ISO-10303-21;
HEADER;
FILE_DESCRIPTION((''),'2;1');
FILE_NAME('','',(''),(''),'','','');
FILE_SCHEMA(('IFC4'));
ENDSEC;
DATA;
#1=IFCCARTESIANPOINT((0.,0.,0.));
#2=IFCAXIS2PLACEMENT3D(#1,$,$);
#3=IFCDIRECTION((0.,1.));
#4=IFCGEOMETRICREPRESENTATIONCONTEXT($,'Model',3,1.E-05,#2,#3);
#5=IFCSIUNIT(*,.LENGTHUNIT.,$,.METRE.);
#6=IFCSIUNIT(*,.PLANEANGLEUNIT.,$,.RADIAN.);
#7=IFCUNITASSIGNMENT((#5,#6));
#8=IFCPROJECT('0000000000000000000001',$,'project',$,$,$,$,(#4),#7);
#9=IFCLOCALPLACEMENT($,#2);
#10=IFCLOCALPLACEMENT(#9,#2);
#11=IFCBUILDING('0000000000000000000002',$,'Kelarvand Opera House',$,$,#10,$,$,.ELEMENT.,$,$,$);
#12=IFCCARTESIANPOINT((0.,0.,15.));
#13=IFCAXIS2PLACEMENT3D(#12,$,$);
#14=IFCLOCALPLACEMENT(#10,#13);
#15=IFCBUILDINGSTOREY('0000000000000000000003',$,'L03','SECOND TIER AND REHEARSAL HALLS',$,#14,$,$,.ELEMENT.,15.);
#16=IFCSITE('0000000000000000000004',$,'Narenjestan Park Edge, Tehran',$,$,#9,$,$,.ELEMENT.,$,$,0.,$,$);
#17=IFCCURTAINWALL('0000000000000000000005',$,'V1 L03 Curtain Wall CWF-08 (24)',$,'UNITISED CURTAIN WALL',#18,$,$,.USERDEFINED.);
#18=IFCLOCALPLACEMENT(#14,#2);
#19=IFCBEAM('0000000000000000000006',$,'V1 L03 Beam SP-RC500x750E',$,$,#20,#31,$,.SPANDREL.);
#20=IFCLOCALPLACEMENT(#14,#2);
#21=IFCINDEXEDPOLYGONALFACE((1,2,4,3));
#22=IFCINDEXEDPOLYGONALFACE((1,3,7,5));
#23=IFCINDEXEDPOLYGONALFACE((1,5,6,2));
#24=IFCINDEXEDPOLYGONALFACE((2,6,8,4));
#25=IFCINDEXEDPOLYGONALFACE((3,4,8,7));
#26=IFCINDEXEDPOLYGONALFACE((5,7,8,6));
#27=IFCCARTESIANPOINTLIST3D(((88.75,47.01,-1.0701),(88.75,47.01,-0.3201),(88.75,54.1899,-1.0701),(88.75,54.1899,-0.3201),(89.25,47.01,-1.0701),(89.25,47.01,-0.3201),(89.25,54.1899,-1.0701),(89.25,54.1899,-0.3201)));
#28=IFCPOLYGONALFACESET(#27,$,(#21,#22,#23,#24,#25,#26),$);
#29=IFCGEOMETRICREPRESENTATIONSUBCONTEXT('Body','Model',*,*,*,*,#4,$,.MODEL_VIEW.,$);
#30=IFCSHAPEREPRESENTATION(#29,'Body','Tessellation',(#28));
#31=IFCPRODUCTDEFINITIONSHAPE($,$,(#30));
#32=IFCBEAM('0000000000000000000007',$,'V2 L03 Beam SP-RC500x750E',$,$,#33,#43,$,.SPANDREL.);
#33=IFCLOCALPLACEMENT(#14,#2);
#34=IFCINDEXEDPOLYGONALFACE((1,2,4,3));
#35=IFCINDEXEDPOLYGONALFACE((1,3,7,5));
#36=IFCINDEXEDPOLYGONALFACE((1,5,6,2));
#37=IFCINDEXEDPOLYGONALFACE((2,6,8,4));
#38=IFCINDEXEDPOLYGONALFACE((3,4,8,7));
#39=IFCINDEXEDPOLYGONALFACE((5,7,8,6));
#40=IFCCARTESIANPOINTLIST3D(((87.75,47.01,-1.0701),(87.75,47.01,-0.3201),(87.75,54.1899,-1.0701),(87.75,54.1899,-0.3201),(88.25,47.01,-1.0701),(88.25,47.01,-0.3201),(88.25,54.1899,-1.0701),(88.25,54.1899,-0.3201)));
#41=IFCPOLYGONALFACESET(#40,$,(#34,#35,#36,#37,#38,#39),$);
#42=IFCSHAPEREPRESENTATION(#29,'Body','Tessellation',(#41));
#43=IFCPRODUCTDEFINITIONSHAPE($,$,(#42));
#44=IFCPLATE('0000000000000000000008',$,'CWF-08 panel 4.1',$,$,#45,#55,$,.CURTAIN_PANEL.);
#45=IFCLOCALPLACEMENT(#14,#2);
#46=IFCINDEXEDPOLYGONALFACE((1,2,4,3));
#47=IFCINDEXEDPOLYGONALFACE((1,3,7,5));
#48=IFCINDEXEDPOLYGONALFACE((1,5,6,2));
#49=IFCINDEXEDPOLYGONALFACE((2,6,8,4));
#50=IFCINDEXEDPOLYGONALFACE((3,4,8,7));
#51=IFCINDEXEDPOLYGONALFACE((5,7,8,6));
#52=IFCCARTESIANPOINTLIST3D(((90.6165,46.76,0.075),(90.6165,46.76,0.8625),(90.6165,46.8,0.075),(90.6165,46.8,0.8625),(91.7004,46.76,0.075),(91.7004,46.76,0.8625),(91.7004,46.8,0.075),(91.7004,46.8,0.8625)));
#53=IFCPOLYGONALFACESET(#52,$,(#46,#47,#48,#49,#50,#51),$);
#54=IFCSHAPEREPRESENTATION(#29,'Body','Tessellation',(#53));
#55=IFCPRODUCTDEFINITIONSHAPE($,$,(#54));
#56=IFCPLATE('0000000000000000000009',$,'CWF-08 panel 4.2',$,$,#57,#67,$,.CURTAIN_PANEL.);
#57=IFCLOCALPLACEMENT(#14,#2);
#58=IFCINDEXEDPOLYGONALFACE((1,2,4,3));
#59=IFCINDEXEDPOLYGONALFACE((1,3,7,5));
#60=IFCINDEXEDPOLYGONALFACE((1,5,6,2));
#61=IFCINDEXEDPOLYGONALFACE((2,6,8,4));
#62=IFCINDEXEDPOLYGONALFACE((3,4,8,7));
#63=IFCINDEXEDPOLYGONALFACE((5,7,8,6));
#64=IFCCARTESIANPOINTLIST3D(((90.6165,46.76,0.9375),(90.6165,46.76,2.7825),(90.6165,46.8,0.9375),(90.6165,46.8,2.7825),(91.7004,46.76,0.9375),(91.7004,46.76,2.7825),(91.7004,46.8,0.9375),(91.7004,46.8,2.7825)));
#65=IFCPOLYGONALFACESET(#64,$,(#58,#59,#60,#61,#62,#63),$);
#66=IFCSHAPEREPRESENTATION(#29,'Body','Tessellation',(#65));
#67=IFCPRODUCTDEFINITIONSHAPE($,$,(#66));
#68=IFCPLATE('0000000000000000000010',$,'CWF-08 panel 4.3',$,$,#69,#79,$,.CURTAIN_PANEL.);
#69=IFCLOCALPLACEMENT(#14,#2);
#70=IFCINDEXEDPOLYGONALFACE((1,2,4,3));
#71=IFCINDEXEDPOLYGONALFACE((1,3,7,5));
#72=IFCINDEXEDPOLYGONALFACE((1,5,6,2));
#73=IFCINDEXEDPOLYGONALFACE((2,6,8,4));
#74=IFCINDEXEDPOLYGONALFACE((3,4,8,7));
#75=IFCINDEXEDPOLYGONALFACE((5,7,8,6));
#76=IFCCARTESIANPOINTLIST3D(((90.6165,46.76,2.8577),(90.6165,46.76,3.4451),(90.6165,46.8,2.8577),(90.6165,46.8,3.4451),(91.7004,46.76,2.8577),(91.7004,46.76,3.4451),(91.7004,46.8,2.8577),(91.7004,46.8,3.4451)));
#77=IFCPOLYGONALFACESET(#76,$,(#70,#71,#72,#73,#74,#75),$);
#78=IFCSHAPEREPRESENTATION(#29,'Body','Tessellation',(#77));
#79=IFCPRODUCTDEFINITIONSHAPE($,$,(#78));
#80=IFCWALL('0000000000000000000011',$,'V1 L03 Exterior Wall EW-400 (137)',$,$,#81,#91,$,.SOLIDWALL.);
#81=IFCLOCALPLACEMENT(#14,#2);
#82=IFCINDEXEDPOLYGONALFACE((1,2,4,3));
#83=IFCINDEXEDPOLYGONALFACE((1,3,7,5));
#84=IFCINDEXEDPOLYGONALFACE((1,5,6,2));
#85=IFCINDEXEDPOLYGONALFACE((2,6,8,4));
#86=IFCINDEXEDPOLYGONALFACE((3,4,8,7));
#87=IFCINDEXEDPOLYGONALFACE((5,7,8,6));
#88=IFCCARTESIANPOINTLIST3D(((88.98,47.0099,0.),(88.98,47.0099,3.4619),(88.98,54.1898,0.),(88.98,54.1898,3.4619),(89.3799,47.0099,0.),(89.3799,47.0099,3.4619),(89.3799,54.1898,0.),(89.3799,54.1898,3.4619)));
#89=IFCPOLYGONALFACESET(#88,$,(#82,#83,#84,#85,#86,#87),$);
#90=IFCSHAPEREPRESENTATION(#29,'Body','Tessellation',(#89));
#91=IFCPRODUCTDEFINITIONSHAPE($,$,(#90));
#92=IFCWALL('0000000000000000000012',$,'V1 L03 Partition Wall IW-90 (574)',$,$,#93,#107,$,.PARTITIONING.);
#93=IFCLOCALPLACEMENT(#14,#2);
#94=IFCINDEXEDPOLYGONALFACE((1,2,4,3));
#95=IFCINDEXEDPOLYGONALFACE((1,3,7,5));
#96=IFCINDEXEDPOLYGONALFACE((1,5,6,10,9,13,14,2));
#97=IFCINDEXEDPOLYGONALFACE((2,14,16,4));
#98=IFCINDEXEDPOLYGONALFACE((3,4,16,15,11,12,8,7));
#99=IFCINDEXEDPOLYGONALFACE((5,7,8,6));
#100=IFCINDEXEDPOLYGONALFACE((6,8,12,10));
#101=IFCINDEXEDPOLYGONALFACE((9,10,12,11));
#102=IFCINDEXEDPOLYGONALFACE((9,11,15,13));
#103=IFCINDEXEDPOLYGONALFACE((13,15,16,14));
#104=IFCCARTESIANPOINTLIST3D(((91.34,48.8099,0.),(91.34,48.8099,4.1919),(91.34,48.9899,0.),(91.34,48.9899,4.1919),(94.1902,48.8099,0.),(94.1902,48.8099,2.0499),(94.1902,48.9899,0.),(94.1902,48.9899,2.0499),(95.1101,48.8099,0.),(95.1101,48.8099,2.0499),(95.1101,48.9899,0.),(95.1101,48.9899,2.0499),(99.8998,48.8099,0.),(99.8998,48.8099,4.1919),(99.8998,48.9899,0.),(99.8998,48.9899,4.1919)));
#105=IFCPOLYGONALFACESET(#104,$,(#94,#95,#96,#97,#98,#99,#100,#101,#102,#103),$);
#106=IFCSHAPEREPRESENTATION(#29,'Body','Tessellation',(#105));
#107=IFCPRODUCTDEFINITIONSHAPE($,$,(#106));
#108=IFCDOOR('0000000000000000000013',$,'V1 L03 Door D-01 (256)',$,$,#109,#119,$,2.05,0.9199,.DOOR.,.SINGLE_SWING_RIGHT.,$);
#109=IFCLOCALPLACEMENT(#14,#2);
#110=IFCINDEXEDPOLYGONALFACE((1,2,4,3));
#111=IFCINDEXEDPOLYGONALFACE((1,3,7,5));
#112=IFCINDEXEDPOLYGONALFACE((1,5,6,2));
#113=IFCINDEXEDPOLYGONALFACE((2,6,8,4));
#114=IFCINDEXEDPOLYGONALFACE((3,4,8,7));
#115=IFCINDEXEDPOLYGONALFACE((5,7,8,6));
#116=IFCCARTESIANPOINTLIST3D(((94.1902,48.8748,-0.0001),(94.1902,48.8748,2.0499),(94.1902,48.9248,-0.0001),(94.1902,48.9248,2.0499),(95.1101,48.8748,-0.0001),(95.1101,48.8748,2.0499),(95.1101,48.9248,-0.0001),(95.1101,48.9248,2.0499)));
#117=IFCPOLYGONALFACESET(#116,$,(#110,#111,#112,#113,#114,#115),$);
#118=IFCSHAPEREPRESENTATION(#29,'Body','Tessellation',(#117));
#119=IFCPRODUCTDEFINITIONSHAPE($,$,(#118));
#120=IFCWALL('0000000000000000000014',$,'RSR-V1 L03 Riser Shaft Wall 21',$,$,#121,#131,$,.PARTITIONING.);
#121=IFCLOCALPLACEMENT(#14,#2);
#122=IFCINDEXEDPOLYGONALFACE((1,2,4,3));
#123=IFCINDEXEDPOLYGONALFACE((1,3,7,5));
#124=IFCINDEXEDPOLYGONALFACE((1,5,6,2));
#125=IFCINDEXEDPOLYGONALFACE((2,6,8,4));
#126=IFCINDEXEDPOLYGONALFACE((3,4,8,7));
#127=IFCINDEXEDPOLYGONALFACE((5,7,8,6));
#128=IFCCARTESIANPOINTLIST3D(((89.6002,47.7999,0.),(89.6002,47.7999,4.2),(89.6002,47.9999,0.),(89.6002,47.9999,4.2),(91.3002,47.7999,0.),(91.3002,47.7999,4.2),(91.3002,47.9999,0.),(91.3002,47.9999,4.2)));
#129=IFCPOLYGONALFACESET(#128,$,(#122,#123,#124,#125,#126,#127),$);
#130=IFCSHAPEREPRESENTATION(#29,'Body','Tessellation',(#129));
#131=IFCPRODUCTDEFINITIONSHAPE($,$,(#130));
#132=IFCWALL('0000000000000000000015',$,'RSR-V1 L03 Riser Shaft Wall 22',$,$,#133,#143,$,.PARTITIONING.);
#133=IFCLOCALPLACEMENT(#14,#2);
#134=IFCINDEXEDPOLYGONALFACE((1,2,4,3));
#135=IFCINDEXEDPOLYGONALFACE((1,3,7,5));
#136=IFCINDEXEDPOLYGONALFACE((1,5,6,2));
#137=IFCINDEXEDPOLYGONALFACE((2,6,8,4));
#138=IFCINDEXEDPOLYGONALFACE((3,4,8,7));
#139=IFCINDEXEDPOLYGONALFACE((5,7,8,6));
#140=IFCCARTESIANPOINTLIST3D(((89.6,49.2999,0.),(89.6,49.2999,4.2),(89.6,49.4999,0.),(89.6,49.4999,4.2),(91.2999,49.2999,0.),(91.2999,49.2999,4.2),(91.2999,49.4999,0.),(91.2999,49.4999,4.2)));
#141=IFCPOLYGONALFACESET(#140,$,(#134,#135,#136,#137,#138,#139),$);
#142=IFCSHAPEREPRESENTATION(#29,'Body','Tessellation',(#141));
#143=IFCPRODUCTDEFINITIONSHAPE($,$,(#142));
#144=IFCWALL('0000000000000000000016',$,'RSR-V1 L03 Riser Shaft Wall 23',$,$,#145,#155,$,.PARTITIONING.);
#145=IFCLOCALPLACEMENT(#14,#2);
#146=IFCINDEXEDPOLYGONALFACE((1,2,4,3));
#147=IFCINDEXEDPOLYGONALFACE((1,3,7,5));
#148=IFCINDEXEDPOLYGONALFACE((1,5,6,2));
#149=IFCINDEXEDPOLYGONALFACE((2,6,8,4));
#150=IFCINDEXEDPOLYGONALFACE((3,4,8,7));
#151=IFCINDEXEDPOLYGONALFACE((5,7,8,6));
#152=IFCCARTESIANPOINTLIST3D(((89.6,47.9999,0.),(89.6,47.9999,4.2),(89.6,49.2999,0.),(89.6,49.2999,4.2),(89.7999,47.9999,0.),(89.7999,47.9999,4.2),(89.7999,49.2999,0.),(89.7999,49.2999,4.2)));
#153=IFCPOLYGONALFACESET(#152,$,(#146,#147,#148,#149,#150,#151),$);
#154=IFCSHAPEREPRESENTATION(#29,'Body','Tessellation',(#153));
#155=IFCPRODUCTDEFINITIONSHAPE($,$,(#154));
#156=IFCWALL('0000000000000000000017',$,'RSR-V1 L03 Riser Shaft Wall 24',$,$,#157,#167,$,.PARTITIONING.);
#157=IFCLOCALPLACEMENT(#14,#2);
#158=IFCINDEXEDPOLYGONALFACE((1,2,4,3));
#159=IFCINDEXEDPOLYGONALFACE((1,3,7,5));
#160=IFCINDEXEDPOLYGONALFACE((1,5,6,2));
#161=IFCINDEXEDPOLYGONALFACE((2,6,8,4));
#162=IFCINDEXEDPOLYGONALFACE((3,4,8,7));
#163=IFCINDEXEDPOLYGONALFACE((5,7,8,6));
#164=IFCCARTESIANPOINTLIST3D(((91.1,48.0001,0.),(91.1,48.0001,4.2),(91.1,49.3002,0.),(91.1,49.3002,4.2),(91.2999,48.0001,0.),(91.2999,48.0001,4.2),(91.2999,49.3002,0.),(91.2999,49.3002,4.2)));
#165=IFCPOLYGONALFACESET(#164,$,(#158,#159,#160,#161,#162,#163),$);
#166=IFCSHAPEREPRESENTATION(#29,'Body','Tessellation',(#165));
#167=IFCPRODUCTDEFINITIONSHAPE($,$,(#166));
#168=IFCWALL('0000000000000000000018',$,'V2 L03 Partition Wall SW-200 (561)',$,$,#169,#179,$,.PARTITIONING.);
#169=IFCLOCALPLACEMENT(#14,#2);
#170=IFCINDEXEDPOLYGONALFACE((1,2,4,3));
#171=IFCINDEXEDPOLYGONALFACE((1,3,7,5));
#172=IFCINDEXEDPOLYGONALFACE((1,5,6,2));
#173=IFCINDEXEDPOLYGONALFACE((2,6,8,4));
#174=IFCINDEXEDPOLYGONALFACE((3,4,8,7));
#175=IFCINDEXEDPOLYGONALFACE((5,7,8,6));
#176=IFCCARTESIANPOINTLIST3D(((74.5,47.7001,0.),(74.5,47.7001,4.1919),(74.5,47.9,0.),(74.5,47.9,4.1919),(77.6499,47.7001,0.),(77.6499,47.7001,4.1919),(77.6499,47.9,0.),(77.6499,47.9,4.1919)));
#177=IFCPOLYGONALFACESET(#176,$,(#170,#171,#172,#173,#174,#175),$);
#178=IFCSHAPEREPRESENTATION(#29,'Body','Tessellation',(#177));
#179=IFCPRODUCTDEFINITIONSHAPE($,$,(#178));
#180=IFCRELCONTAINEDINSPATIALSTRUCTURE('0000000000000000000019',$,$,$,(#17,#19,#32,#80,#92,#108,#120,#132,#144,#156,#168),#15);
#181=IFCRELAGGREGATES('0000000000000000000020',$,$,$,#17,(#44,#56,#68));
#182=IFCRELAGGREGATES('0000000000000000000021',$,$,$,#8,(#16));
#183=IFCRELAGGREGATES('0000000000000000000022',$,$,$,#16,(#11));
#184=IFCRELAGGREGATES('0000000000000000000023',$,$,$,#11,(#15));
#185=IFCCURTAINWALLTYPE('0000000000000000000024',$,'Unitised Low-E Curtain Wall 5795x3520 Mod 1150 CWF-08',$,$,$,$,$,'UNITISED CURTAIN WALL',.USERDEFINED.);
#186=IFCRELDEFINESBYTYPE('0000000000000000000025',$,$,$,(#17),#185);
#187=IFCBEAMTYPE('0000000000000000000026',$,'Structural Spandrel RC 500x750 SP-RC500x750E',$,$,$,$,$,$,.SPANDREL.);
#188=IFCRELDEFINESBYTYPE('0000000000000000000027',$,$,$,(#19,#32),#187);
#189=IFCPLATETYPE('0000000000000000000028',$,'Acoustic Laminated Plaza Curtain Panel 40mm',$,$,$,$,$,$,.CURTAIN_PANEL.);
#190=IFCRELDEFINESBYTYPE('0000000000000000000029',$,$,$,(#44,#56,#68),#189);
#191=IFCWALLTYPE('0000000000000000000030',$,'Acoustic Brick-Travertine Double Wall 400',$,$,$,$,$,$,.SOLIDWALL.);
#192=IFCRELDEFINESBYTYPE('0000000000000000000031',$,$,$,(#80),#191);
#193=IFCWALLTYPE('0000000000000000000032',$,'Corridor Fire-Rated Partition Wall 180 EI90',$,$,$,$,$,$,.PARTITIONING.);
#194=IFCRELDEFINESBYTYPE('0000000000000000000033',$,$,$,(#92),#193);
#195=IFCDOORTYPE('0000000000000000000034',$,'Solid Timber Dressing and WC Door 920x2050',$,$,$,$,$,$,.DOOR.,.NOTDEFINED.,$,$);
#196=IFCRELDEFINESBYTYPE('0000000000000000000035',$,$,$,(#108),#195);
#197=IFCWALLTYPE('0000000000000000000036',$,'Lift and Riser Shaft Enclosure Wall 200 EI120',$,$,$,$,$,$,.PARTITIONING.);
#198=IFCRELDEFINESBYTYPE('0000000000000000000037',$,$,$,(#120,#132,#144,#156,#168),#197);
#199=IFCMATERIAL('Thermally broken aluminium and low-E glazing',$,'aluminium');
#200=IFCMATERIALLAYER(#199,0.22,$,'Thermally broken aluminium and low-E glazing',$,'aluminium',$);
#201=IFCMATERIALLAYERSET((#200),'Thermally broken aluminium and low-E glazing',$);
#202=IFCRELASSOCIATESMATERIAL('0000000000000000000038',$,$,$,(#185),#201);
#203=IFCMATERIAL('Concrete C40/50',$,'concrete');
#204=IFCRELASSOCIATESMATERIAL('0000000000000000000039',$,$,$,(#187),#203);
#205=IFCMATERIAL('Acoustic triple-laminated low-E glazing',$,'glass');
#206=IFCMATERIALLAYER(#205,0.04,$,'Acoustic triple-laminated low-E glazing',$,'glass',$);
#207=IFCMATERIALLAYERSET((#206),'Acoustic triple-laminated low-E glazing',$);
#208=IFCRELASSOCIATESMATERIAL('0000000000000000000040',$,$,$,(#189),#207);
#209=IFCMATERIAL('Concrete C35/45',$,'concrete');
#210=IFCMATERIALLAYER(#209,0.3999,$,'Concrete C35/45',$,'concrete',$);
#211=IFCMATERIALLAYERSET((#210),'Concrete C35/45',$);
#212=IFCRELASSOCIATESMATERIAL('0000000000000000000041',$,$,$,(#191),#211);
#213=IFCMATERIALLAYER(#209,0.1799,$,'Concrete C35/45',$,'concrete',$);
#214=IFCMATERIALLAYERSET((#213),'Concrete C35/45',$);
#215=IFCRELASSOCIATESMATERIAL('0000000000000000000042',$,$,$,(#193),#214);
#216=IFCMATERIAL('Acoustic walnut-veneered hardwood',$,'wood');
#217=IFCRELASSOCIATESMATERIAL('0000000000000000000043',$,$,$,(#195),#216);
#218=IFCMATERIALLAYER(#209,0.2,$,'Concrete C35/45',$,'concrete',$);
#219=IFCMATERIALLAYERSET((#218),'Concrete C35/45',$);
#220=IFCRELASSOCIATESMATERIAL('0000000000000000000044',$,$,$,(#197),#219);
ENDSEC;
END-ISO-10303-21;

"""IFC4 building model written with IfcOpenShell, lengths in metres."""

from ifc_helpers import new_model, si_unit, direction, frame, frame_2d, origin, origin_2d, place, context, subcontext, project, spatial, rectangle, extrude, material, layer, layer_set, material_profile, profile_set, type_object, element, fill, aggregate, save


model = new_model("IFC4")

# Units and contexts
model_context = context("Model", 3, precision=1e-05, world=origin(), true_north=direction((0.0, 1.0)))
body_context = subcontext(model_context, "Body", "Model", "MODEL_VIEW")
ifc_project = project(units=[si_unit("LENGTHUNIT", "METRE"), si_unit("PLANEANGLEUNIT", "RADIAN")], contexts=[model_context])

# Site, building, storey
site_placement = place(None, origin())
site = spatial("IfcSite", under=ifc_project, at=site_placement, Name="Narenjestan Park Edge, Tehran", CompositionType="ELEMENT", RefElevation=0.0)
building_placement = place(site_placement, origin())
building = spatial("IfcBuilding", under=site, at=building_placement, Name="Kelarvand Opera House", CompositionType="ELEMENT")
storey_placement = place(building_placement, frame((0.0, 0.0, 15.0)))
storey = spatial("IfcBuildingStorey", under=building, at=storey_placement, Name="L03", Description="SECOND TIER AND REHEARSAL HALLS", CompositionType="ELEMENT", Elevation=15.0)

# Curtain wall
ifc_material_1 = material(Name="Thermally broken aluminium and low-E glazing", Category="aluminium")
ifc_layer_1 = layer(ifc_material_1, 0.22, Name="Thermally broken aluminium and low-E glazing", Category="aluminium")
ifc_layer_set_1 = layer_set([ifc_layer_1], Name="Thermally broken aluminium and low-E glazing")
curtain_wall_type = type_object("IfcCurtainWallType", Name="Unitised Low-E Curtain Wall 5795x3520 Mod 1150 CWF-08", ElementType="UNITISED CURTAIN WALL", PredefinedType="USERDEFINED", material=ifc_layer_set_1)
curtain_wall_placement = place(storey_placement, origin())
curtain_wall = element("IfcCurtainWall", 1, at=curtain_wall_placement, inside=storey, type_object=curtain_wall_type, Name="V1 L03 Curtain Wall CWF-08 (24)", ObjectType="UNITISED CURTAIN WALL", PredefinedType="USERDEFINED")

# Beams
ifc_material_2 = material(Name="Concrete C40/50", Category="concrete")
ifc_material_profile_1 = material_profile(ifc_material_2, rectangle(XDim=0.5, YDim=0.75, at=origin_2d()), Name="RC 500x750", Category="concrete")
ifc_profile_set_1 = profile_set([ifc_material_profile_1], Name="Concrete C40/50")
beam_type_1 = type_object("IfcBeamType", Name="Structural Spandrel RC 500x750 SP-RC500x750E", PredefinedType="SPANDREL", material=ifc_profile_set_1)
for number, where, z_axis, x_axis, name in (
    (2, (89.0, 47.01, -0.6951), (0.0, 1.0, 0.0), (-1.0, 0.0, 0.0), "V1 L03 Beam SP-RC500x750E"),
    (3, (88.0, 47.01, -0.6951), (0.0, 1.0, 0.0), (-1.0, 0.0, 0.0), "V2 L03 Beam SP-RC500x750E"),
):
    element("IfcBeam", number, at=place(storey_placement, frame(where, z_axis=z_axis, x_axis=x_axis)), inside=storey, type_object=beam_type_1, Name=name, PredefinedType="SPANDREL", context=body_context, shape_type="SweptSolid", body=[
        extrude(rectangle(XDim=0.5, YDim=0.75, at=origin_2d()), origin(), (0.0, 0.0, 1.0), 7.1799),
    ])

# Plates
ifc_material_3 = material(Name="Acoustic triple-laminated low-E glazing", Category="glass")
ifc_layer_2 = layer(ifc_material_3, 0.04, Name="Acoustic triple-laminated low-E glazing", Category="glass")
ifc_layer_set_2 = layer_set([ifc_layer_2], Name="Acoustic triple-laminated low-E glazing")
plate_type = type_object("IfcPlateType", Name="Acoustic Laminated Plaza Curtain Panel 40mm", PredefinedType="CURTAIN_PANEL", material=ifc_layer_set_2)
plate_1_placement = place(storey_placement, frame((91.1584, 46.78, 0.075), z_axis=(0.0, 0.0, 1.0), x_axis=(-1.0, 0.0, 0.0)))
plate_1 = element("IfcPlate", 4, at=plate_1_placement, type_object=plate_type, Name="CWF-08 panel 4.1", PredefinedType="CURTAIN_PANEL", context=body_context, shape_type="SweptSolid", body=[
    extrude(rectangle(XDim=1.084, YDim=0.04, at=origin_2d()), origin(), (0.0, 0.0, 1.0), 0.7876),
])
plate_2_placement = place(storey_placement, frame((91.1584, 46.78, 0.9375), z_axis=(0.0, 0.0, 1.0), x_axis=(-1.0, 0.0, 0.0)))
plate_2 = element("IfcPlate", 5, at=plate_2_placement, type_object=plate_type, Name="CWF-08 panel 4.2", PredefinedType="CURTAIN_PANEL", context=body_context, shape_type="SweptSolid", body=[
    extrude(rectangle(XDim=1.084, YDim=0.04, at=origin_2d()), origin(), (0.0, 0.0, 1.0), 1.845),
])
plate_3_placement = place(storey_placement, frame((91.1584, 46.78, 2.8577), z_axis=(0.0, 0.0, 1.0), x_axis=(-1.0, 0.0, 0.0)))
plate_3 = element("IfcPlate", 6, at=plate_3_placement, type_object=plate_type, Name="CWF-08 panel 4.3", PredefinedType="CURTAIN_PANEL", context=body_context, shape_type="SweptSolid", body=[
    extrude(rectangle(XDim=1.084, YDim=0.04, at=origin_2d()), origin(), (0.0, 0.0, 1.0), 0.5874),
])
aggregate(curtain_wall, [plate_1, plate_2, plate_3])

# Wall
ifc_material_4 = material(Name="Concrete C35/45", Category="concrete")
ifc_layer_3 = layer(ifc_material_4, 0.3999, Name="Concrete C35/45", Category="concrete")
ifc_layer_set_3 = layer_set([ifc_layer_3], Name="Concrete C35/45")
wall_type_1 = type_object("IfcWallType", Name="Acoustic Brick-Travertine Double Wall 400", PredefinedType="SOLIDWALL", material=ifc_layer_set_3)
wall_1_placement = place(storey_placement, frame((89.1799, 47.01, 0.0), z_axis=(0.0, 0.0, 1.0), x_axis=(0.0, 1.0, 0.0)))
element("IfcWall", 7, at=wall_1_placement, inside=storey, type_object=wall_type_1, Name="V1 L03 Exterior Wall EW-400 (137)", PredefinedType="SOLIDWALL", context=body_context, shape_type="SweptSolid", body=[
    extrude(rectangle(XDim=7.1799, YDim=0.3999, at=frame_2d((3.5898, 0.0))), origin(), (0.0, 0.0, 1.0), 3.4619),
])

# Wall, opening, door
ifc_layer_4 = layer(ifc_material_4, 0.1799, Name="Concrete C35/45", Category="concrete")
ifc_layer_set_4 = layer_set([ifc_layer_4], Name="Concrete C35/45")
wall_type_2 = type_object("IfcWallType", Name="Corridor Fire-Rated Partition Wall 180 EI90", PredefinedType="PARTITIONING", material=ifc_layer_set_4)
wall_2_placement = place(storey_placement, frame((91.3401, 48.8999, 0.0), z_axis=(0.0, 0.0, 1.0), x_axis=(1.0, 0.0, 0.0)))
wall_2 = element("IfcWall", 8, at=wall_2_placement, inside=storey, type_object=wall_type_2, Name="V1 L03 Partition Wall IW-90 (574)", PredefinedType="PARTITIONING", context=body_context, shape_type="SweptSolid", body=[
    extrude(rectangle(XDim=8.5598, YDim=0.1799, at=frame_2d((4.2798, 0.0))), origin(), (0.0, 0.0, 1.0), 4.1919),
])
opening_1_placement = place(wall_2_placement, frame((2.8501, 0.0, 0.0)))
opening_1 = element("IfcOpeningElement", 9, at=opening_1_placement, cuts=wall_2, PredefinedType="OPENING", context=body_context, shape_type="SweptSolid", body=[
    extrude(rectangle(XDim=0.9199, YDim=2.05, at=frame_2d((0.46, 1.0249))), frame((0.0, 0.1001, 0.0), z_axis=(0.0, -1.0, 0.0), x_axis=(1.0, 0.0, 0.0)), (0.0, 0.0, 1.0), 0.2),
])
ifc_material_5 = material(Name="Acoustic walnut-veneered hardwood", Category="wood")
door_type_1 = type_object("IfcDoorType", Name="Solid Timber Dressing and WC Door 920x2050", OperationType="NOTDEFINED", PredefinedType="DOOR", material=ifc_material_5)
door_1_placement = place(opening_1_placement, origin())
door_1 = element("IfcDoor", 10, at=door_1_placement, inside=storey, type_object=door_type_1, Name="V1 L03 Door D-01 (256)", OperationType="SINGLE_SWING_RIGHT", OverallHeight=2.05, OverallWidth=0.9199, PredefinedType="DOOR", context=body_context, shape_type="SweptSolid", body=[
    extrude(rectangle(XDim=0.9199, YDim=2.05, at=frame_2d((0.46, 1.0249))), frame((0.0, 0.0249, 0.0), z_axis=(0.0, -1.0, 0.0), x_axis=(1.0, 0.0, 0.0)), (0.0, 0.0, 1.0), 0.05),
])
fill(opening_1, door_1)

# Walls
ifc_layer_5 = layer(ifc_material_4, 0.2, Name="Concrete C35/45", Category="concrete")
ifc_layer_set_5 = layer_set([ifc_layer_5], Name="Concrete C35/45")
wall_type_3 = type_object("IfcWallType", Name="Lift and Riser Shaft Enclosure Wall 200 EI120", PredefinedType="PARTITIONING", material=ifc_layer_set_5)
for number, where, z_axis, x_axis, name in (
    (11, (89.6001, 47.8999, 0.0), (0.0, 0.0, 1.0), (1.0, 0.0, 0.0), "RSR-V1 L03 Riser Shaft Wall 21"),
    (12, (91.3, 49.3999, 0.0), (0.0, 0.0, 1.0), (-1.0, 0.0, 0.0), "RSR-V1 L03 Riser Shaft Wall 22"),
):
    element("IfcWall", number, at=place(storey_placement, frame(where, z_axis=z_axis, x_axis=x_axis)), inside=storey, type_object=wall_type_3, Name=name, PredefinedType="PARTITIONING", context=body_context, shape_type="SweptSolid", body=[
        extrude(rectangle(XDim=1.7, YDim=0.2, at=frame_2d((0.8501, 0.0))), origin(), (0.0, 0.0, 1.0), 4.2),
    ])
for number, where, z_axis, x_axis, name in (
    (13, (89.7, 48.0, 0.0), (0.0, 0.0, 1.0), (0.0, 1.0, 0.0), "RSR-V1 L03 Riser Shaft Wall 23"),
    (14, (91.2, 49.3, 0.0), (0.0, 0.0, 1.0), (0.0, -1.0, 0.0), "RSR-V1 L03 Riser Shaft Wall 24"),
):
    element("IfcWall", number, at=place(storey_placement, frame(where, z_axis=z_axis, x_axis=x_axis)), inside=storey, type_object=wall_type_3, Name=name, PredefinedType="PARTITIONING", context=body_context, shape_type="SweptSolid", body=[
        extrude(rectangle(XDim=1.3, YDim=0.2, at=frame_2d((0.6499, 0.0))), origin(), (0.0, 0.0, 1.0), 4.2),
    ])
wall_3_placement = place(storey_placement, frame((74.5, 47.8, 0.0), z_axis=(0.0, 0.0, 1.0), x_axis=(1.0, 0.0, 0.0)))
element("IfcWall", 15, at=wall_3_placement, inside=storey, type_object=wall_type_3, Name="V2 L03 Partition Wall SW-200 (561)", PredefinedType="PARTITIONING", context=body_context, shape_type="SweptSolid", body=[
    extrude(rectangle(XDim=3.1499, YDim=0.2, at=frame_2d((1.575, 0.0))), origin(), (0.0, 0.0, 1.0), 4.1919),
])

save(model, "model.ifc")
